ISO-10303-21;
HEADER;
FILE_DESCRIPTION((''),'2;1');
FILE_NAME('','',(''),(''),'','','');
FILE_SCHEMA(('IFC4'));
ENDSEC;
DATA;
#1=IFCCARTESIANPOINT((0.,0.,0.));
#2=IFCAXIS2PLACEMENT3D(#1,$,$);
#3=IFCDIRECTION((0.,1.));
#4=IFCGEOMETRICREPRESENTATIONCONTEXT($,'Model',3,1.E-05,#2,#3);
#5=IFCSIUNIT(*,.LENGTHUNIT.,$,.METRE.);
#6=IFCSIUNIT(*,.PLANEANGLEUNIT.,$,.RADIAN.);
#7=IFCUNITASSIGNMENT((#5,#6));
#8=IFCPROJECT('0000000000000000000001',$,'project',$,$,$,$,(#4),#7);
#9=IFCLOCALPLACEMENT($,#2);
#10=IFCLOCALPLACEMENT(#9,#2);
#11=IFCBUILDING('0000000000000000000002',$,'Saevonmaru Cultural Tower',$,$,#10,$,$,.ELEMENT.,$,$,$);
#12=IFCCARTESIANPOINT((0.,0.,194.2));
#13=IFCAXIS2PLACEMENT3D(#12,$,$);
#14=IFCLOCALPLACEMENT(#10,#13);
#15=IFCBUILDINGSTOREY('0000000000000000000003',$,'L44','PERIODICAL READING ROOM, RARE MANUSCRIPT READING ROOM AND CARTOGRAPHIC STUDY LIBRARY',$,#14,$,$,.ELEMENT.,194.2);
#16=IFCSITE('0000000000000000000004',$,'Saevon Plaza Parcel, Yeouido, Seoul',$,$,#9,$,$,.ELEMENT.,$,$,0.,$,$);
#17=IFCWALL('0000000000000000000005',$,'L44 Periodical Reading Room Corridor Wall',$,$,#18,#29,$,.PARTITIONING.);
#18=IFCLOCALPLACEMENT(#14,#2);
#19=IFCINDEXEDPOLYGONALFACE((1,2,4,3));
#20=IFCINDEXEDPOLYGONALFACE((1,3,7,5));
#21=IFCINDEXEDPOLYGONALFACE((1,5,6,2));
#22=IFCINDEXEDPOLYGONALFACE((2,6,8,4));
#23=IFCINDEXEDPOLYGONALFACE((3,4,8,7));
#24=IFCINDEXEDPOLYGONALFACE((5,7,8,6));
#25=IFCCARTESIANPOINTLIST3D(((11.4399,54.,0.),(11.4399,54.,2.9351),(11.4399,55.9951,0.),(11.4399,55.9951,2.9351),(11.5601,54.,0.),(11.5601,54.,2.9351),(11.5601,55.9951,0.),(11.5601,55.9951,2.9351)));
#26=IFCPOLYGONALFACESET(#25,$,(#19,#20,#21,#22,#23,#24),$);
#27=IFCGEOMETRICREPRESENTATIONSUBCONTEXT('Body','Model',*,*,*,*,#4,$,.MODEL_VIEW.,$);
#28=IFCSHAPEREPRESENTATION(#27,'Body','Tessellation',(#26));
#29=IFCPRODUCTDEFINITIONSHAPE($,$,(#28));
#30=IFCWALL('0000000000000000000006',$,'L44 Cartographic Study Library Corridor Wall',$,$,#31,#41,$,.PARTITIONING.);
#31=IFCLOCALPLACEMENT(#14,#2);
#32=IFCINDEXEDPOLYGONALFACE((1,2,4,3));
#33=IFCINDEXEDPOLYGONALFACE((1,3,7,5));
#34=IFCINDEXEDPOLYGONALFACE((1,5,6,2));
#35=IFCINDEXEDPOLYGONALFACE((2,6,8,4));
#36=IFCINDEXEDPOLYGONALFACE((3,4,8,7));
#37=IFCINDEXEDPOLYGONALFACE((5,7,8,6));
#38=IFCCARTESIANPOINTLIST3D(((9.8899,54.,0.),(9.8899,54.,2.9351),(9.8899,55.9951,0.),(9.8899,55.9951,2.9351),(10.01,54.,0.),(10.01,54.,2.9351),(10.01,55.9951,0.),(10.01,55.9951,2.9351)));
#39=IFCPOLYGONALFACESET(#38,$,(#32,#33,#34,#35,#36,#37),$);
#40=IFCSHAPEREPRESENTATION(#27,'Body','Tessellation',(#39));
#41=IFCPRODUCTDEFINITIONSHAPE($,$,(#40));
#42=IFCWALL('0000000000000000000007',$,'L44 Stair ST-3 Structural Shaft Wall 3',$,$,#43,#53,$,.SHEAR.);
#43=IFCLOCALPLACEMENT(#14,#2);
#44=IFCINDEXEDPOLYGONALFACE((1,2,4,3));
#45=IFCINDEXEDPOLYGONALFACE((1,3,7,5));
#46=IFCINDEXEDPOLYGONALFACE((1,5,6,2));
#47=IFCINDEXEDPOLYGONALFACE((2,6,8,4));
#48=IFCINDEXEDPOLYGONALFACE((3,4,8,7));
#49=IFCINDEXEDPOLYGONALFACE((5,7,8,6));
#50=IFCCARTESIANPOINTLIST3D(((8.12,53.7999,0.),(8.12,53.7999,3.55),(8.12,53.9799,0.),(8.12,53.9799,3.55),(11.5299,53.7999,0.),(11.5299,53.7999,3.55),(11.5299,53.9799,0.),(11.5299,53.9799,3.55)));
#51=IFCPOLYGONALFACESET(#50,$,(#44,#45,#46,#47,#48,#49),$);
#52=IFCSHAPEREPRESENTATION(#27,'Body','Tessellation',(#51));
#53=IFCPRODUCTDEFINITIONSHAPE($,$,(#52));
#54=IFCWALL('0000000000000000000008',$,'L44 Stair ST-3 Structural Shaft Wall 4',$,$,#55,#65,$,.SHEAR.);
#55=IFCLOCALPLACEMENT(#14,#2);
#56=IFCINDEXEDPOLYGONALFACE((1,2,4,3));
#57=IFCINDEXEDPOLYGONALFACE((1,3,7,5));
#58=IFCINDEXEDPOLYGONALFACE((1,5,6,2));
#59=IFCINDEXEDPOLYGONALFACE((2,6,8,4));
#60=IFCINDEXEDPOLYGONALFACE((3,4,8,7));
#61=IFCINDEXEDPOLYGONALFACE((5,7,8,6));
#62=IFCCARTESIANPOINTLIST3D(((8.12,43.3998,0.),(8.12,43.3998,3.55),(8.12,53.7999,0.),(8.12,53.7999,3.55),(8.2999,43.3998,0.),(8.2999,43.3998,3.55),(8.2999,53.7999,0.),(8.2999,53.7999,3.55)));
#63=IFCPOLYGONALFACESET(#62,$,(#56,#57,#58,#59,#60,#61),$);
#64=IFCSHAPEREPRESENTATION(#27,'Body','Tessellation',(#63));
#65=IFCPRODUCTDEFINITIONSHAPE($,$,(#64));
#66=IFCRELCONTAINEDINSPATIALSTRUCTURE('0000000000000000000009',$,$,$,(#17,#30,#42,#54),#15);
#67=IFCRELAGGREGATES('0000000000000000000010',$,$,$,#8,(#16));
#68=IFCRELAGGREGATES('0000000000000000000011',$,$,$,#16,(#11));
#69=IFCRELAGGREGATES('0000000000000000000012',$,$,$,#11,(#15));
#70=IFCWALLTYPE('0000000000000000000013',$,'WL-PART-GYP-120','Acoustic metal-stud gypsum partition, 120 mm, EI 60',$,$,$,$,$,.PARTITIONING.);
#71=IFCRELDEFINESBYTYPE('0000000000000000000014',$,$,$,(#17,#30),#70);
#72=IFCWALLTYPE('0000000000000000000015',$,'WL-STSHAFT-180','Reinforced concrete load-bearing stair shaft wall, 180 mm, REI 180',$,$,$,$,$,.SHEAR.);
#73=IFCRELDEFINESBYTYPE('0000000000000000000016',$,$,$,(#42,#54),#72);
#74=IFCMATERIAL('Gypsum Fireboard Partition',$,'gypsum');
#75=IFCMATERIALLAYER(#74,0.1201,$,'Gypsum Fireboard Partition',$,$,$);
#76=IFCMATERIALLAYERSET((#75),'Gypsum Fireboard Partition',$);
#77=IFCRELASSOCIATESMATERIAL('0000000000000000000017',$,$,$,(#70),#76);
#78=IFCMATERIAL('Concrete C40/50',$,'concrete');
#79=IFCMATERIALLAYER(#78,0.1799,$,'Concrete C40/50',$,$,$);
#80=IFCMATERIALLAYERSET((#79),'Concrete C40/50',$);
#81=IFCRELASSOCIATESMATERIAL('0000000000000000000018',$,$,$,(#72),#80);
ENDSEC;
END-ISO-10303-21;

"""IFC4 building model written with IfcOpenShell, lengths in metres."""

from ifc_helpers import new_model, si_unit, direction, frame, frame_2d, origin, place, context, subcontext, project, spatial, rectangle, extrude, material, layer, layer_set, type_object, element, save


model = new_model("IFC4")

# Units and contexts
model_context = context("Model", 3, precision=1e-05, world=origin(), true_north=direction((0.0, 1.0)))
body_context = subcontext(model_context, "Body", "Model", "MODEL_VIEW")
ifc_project = project(units=[si_unit("LENGTHUNIT", "METRE"), si_unit("PLANEANGLEUNIT", "RADIAN")], contexts=[model_context])

# Site, building, storey
site_placement = place(None, origin())
site = spatial("IfcSite", under=ifc_project, at=site_placement, Name="Saevon Plaza Parcel, Yeouido, Seoul", CompositionType="ELEMENT", RefElevation=0.0)
building_placement = place(site_placement, origin())
building = spatial("IfcBuilding", under=site, at=building_placement, Name="Saevonmaru Cultural Tower", CompositionType="ELEMENT")
storey_placement = place(building_placement, frame((0.0, 0.0, 194.2)))
storey = spatial("IfcBuildingStorey", under=building, at=storey_placement, Name="L44", Description="PERIODICAL READING ROOM, RARE MANUSCRIPT READING ROOM AND CARTOGRAPHIC STUDY LIBRARY", CompositionType="ELEMENT", Elevation=194.2)

# Walls
ifc_material_1 = material(Name="Gypsum Fireboard Partition", Category="gypsum")
ifc_layer_1 = layer(ifc_material_1, 0.1201, Name="Gypsum Fireboard Partition")
ifc_layer_set_1 = layer_set([ifc_layer_1], Name="Gypsum Fireboard Partition")
wall_type_1 = type_object("IfcWallType", Name="WL-PART-GYP-120", Description="Acoustic metal-stud gypsum partition, 120 mm, EI 60", PredefinedType="PARTITIONING", material=ifc_layer_set_1)
for number, where, z_axis, x_axis, name in (
    (1, (11.5, 54.0, 0.0), (0.0, 0.0, 1.0), (0.0, 1.0, 0.0), "L44 Periodical Reading Room Corridor Wall"),
    (2, (9.95, 54.0, 0.0), (0.0, 0.0, 1.0), (0.0, 1.0, 0.0), "L44 Cartographic Study Library Corridor Wall"),
):
    element("IfcWall", number, at=place(storey_placement, frame(where, z_axis=z_axis, x_axis=x_axis)), inside=storey, type_object=wall_type_1, Name=name, PredefinedType="PARTITIONING", context=body_context, shape_type="SweptSolid", body=[
        extrude(rectangle(XDim=1.9951, YDim=0.1201, at=frame_2d((0.9976, 0.0))), origin(), (0.0, 0.0, 1.0), 2.9351),
    ])
ifc_material_2 = material(Name="Concrete C40/50", Category="concrete")
ifc_layer_2 = layer(ifc_material_2, 0.1799, Name="Concrete C40/50")
ifc_layer_set_2 = layer_set([ifc_layer_2], Name="Concrete C40/50")
wall_type_2 = type_object("IfcWallType", Name="WL-STSHAFT-180", Description="Reinforced concrete load-bearing stair shaft wall, 180 mm, REI 180", PredefinedType="SHEAR", material=ifc_layer_set_2)
wall_1_placement = place(storey_placement, frame((11.53, 53.8899, 0.0), z_axis=(0.0, 0.0, 1.0), x_axis=(-1.0, 0.0, 0.0)))
element("IfcWall", 3, at=wall_1_placement, inside=storey, type_object=wall_type_2, Name="L44 Stair ST-3 Structural Shaft Wall 3", PredefinedType="SHEAR", context=body_context, shape_type="SweptSolid", body=[
    extrude(rectangle(XDim=3.4099, YDim=0.1799, at=frame_2d((1.7051, 0.0))), origin(), (0.0, 0.0, 1.0), 3.55),
])
wall_2_placement = place(storey_placement, frame((8.21, 53.8, 0.0), z_axis=(0.0, 0.0, 1.0), x_axis=(0.0, -1.0, 0.0)))
element("IfcWall", 4, at=wall_2_placement, inside=storey, type_object=wall_type_2, Name="L44 Stair ST-3 Structural Shaft Wall 4", PredefinedType="SHEAR", context=body_context, shape_type="SweptSolid", body=[
    extrude(rectangle(XDim=10.4001, YDim=0.1799, at=frame_2d((5.2002, 0.0))), origin(), (0.0, 0.0, 1.0), 3.55),
])

save(model, "model.ifc")
